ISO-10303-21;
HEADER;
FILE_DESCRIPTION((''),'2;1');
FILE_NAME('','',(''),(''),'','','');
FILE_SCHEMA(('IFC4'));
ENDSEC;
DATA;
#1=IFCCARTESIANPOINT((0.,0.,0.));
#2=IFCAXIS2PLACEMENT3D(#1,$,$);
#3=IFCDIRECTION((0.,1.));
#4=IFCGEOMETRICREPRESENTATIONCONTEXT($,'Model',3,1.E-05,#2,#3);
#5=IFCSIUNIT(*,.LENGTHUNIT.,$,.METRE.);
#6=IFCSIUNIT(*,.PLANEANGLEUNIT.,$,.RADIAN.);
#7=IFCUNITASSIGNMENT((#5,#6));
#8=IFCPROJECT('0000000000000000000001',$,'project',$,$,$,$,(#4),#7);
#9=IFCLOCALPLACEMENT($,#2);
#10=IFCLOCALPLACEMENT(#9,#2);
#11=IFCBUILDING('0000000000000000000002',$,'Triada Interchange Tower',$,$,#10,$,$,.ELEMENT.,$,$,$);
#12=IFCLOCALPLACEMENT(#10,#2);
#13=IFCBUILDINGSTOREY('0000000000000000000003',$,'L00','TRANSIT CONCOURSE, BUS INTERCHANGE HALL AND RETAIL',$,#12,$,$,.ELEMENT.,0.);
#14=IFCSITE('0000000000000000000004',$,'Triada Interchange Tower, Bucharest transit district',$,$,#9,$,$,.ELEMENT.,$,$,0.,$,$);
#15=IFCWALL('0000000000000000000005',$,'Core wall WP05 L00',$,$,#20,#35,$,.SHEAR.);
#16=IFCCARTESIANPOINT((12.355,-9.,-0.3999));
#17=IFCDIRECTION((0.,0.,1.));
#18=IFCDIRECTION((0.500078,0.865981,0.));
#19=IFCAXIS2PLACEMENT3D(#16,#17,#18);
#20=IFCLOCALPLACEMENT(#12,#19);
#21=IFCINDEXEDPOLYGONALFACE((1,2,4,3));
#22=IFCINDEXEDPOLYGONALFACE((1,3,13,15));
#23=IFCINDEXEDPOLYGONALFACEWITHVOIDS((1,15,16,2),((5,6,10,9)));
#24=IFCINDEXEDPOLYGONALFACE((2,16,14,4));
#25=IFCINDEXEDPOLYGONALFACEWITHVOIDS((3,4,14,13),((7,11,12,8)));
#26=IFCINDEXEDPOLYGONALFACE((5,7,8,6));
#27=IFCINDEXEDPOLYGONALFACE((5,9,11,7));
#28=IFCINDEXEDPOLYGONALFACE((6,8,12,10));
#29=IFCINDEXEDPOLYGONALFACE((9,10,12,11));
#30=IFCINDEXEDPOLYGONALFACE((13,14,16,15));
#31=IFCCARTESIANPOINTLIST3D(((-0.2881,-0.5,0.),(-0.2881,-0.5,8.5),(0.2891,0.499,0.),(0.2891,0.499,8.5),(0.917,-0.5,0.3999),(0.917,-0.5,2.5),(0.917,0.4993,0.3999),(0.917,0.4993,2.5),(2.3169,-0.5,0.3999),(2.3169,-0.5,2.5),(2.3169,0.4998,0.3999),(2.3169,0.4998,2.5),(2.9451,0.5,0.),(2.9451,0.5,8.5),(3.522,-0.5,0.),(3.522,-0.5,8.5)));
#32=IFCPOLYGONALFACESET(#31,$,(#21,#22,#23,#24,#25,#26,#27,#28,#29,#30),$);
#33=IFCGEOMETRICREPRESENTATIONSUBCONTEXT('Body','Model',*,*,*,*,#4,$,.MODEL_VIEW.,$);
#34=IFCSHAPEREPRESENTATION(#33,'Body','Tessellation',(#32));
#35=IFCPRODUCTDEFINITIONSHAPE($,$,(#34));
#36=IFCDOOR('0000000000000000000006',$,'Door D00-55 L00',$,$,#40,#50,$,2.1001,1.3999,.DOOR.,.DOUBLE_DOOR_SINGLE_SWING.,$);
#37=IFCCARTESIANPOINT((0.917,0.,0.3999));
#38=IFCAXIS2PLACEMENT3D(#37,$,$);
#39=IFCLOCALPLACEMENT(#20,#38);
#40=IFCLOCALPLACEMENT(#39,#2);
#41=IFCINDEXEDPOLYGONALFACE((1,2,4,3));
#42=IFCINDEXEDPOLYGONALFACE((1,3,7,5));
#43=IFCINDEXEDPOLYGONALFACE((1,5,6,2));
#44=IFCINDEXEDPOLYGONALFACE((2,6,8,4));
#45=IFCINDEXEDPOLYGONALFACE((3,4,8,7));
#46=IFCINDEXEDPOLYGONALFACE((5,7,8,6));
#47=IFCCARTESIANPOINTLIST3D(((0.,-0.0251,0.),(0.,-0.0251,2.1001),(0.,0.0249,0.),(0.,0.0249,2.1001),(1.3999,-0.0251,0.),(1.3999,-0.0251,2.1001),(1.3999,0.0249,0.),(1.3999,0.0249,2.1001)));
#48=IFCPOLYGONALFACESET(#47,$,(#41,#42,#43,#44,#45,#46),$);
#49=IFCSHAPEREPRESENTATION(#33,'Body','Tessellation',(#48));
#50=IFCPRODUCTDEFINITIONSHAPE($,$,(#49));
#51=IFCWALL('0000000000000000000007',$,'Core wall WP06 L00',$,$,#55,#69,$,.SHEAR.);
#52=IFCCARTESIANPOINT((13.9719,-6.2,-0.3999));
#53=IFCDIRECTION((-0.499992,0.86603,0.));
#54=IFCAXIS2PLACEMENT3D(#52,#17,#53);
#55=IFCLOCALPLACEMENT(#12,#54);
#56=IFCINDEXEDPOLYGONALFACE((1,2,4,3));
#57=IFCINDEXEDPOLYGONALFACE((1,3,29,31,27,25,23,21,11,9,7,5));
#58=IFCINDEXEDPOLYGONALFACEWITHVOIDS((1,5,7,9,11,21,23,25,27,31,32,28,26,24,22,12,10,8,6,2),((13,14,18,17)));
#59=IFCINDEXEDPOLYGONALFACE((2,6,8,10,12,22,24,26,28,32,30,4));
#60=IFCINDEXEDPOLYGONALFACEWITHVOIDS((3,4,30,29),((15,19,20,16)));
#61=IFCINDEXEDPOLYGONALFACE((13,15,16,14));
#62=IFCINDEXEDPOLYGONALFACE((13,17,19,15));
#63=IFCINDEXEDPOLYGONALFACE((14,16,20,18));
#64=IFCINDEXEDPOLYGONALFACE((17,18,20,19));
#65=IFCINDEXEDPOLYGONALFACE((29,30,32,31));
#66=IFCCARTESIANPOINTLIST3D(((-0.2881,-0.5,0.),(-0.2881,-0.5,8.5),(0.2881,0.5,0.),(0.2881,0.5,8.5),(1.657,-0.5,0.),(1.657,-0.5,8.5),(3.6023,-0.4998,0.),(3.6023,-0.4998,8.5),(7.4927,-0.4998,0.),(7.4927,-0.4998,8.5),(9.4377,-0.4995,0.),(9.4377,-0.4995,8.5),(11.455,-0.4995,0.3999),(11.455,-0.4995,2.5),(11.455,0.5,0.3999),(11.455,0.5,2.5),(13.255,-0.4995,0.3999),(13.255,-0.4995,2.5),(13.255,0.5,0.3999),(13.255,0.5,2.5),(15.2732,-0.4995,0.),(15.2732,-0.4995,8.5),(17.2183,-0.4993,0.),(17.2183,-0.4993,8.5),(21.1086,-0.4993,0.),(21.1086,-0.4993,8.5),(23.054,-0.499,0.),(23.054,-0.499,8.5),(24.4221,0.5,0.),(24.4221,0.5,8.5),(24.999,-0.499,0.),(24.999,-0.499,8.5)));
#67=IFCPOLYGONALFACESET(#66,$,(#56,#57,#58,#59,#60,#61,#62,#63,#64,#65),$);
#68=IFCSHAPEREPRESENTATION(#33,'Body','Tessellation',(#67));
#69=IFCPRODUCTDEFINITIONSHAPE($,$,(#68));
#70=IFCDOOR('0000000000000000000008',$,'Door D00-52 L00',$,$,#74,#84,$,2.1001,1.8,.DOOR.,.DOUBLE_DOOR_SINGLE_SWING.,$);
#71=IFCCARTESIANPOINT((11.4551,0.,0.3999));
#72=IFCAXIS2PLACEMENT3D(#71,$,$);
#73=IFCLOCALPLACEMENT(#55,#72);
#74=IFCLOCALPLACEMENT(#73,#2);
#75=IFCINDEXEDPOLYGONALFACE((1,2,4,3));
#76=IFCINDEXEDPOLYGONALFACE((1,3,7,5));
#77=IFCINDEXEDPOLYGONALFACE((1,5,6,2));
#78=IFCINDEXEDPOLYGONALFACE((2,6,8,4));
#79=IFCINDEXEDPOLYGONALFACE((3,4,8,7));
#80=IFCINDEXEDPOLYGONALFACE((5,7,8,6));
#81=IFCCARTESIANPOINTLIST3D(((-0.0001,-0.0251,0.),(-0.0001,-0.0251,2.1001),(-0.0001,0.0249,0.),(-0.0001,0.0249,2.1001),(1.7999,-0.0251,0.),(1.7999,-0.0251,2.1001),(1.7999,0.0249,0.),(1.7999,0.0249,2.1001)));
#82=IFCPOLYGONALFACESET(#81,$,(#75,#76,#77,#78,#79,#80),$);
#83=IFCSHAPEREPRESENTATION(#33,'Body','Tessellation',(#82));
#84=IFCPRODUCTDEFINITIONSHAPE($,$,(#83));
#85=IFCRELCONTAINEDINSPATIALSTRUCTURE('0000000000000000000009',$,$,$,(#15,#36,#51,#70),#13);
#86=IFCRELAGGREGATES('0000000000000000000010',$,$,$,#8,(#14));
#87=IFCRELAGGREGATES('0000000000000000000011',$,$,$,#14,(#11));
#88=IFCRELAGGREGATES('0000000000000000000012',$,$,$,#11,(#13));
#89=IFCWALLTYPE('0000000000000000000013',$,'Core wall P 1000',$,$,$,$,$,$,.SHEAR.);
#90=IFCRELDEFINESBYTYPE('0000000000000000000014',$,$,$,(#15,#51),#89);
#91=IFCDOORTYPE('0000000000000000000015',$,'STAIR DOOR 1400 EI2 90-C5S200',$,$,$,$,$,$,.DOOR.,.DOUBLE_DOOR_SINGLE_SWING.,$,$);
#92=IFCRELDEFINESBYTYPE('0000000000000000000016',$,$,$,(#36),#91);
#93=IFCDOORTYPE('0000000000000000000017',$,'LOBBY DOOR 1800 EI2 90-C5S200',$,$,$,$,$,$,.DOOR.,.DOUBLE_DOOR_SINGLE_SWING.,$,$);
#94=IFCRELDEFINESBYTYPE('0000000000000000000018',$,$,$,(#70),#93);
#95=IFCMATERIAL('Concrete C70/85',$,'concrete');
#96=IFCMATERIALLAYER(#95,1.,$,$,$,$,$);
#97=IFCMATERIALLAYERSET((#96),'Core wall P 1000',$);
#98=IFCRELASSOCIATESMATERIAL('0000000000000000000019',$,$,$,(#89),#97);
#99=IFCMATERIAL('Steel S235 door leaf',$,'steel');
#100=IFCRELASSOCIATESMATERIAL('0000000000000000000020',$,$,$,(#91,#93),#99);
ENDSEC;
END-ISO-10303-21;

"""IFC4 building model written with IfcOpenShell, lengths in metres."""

from ifc_helpers import new_model, si_unit, direction, frame, frame_2d, origin, place, context, subcontext, project, spatial, polyline, rectangle, outline, extrude, material, layer, layer_set, type_object, element, fill, save


model = new_model("IFC4")

# Units and contexts
model_context = context("Model", 3, precision=1e-05, world=origin(), true_north=direction((0.0, 1.0)))
body_context = subcontext(model_context, "Body", "Model", "MODEL_VIEW")
ifc_project = project(units=[si_unit("LENGTHUNIT", "METRE"), si_unit("PLANEANGLEUNIT", "RADIAN")], contexts=[model_context])

# Site, building, storey
site_placement = place(None, origin())
site = spatial("IfcSite", under=ifc_project, at=site_placement, Name="Triada Interchange Tower, Bucharest transit district", CompositionType="ELEMENT", RefElevation=0.0)
building_placement = place(site_placement, origin())
building = spatial("IfcBuilding", under=site, at=building_placement, Name="Triada Interchange Tower", CompositionType="ELEMENT")
storey_placement = place(building_placement, origin())
storey = spatial("IfcBuildingStorey", under=building, at=storey_placement, Name="L00", Description="TRANSIT CONCOURSE, BUS INTERCHANGE HALL AND RETAIL", CompositionType="ELEMENT", Elevation=0.0)

# Walls, openings, doors
ifc_material_1 = material(Name="Concrete C70/85", Category="concrete")
ifc_layer_1 = layer(ifc_material_1, 1.0)
ifc_layer_set_1 = layer_set([ifc_layer_1], Name="Core wall P 1000")
wall_type_1 = type_object("IfcWallType", Name="Core wall P 1000", PredefinedType="SHEAR", material=ifc_layer_set_1)
wall_1_placement = place(storey_placement, frame((12.355, -9.0, -0.3999), z_axis=(0.0, 0.0, 1.0), x_axis=(0.500078, 0.865981, 0.0)))
wall_1 = element("IfcWall", 1, at=wall_1_placement, inside=storey, type_object=wall_type_1, Name="Core wall WP05 L00", PredefinedType="SHEAR", context=body_context, shape_type="SweptSolid", body=[
    extrude(outline(polyline([(-0.2881, -0.5), (1.6169, -0.5), (3.522, -0.5), (2.9451, 0.5), (1.6172, 0.4995), (0.2891, 0.499), (-0.2881, -0.5)])), origin(), (0.0, 0.0, 1.0), 8.5),
])
opening_1_placement = place(wall_1_placement, frame((0.917, 0.0, 0.3999)))
opening_1 = element("IfcOpeningElement", 2, at=opening_1_placement, cuts=wall_1, PredefinedType="OPENING", context=body_context, shape_type="SweptSolid", body=[
    extrude(rectangle(XDim=1.3999, YDim=2.1001, at=frame_2d((0.7, 1.05))), frame((0.0, 0.51, 0.0), z_axis=(0.0, -1.0, 0.0), x_axis=(1.0, 0.0, 0.0)), (0.0, 0.0, 1.0), 1.02),
])
ifc_material_2 = material(Name="Steel S235 door leaf", Category="steel")
door_type_1 = type_object("IfcDoorType", Name="STAIR DOOR 1400 EI2 90-C5S200", OperationType="DOUBLE_DOOR_SINGLE_SWING", PredefinedType="DOOR", material=ifc_material_2)
door_1_placement = place(opening_1_placement, origin())
door_1 = element("IfcDoor", 3, at=door_1_placement, inside=storey, type_object=door_type_1, Name="Door D00-55 L00", OperationType="DOUBLE_DOOR_SINGLE_SWING", OverallHeight=2.1001, OverallWidth=1.3999, PredefinedType="DOOR", context=body_context, shape_type="SweptSolid", body=[
    extrude(rectangle(XDim=1.3999, YDim=2.1001, at=frame_2d((0.7, 1.05))), frame((0.0, 0.0249, 0.0), z_axis=(0.0, -1.0, 0.0), x_axis=(1.0, 0.0, 0.0)), (0.0, 0.0, 1.0), 0.05),
])
fill(opening_1, door_1)
wall_2_placement = place(storey_placement, frame((13.9719, -6.2, -0.3999), z_axis=(0.0, 0.0, 1.0), x_axis=(-0.499992, 0.86603, 0.0)))
wall_2 = element("IfcWall", 4, at=wall_2_placement, inside=storey, type_object=wall_type_1, Name="Core wall WP06 L00", PredefinedType="SHEAR", context=body_context, shape_type="SweptSolid", body=[
    extrude(outline(polyline([(-0.2881, -0.5), (1.657, -0.5), (3.6023, -0.4998), (5.5474, -0.4998), (7.4927, -0.4998), (9.4377, -0.4995), (11.3828, -0.4995), (13.3281, -0.4995), (15.2732, -0.4995), (17.2183, -0.4993), (19.1636, -0.4993), (21.1086, -0.4993), (23.054, -0.499), (24.999, -0.499), (24.4221, 0.5), (22.5657, 0.5), (20.7092, 0.5), (18.8528, 0.5), (16.9963, 0.5), (15.1399, 0.5), (13.2834, 0.5), (11.4268, 0.5), (9.5703, 0.5), (7.7139, 0.5), (5.8574, 0.5), (4.001, 0.5), (2.1445, 0.5), (0.2881, 0.5), (-0.2881, -0.5)])), origin(), (0.0, 0.0, 1.0), 8.5),
])
opening_2_placement = place(wall_2_placement, frame((11.4551, 0.0, 0.3999)))
opening_2 = element("IfcOpeningElement", 5, at=opening_2_placement, cuts=wall_2, PredefinedType="OPENING", context=body_context, shape_type="SweptSolid", body=[
    extrude(rectangle(XDim=1.8, YDim=2.1001, at=frame_2d((0.8999, 1.05))), frame((0.0, 0.51, 0.0), z_axis=(0.0, -1.0, 0.0), x_axis=(1.0, 0.0, 0.0)), (0.0, 0.0, 1.0), 1.02),
])
door_type_2 = type_object("IfcDoorType", Name="LOBBY DOOR 1800 EI2 90-C5S200", OperationType="DOUBLE_DOOR_SINGLE_SWING", PredefinedType="DOOR", material=ifc_material_2)
door_2_placement = place(opening_2_placement, origin())
door_2 = element("IfcDoor", 6, at=door_2_placement, inside=storey, type_object=door_type_2, Name="Door D00-52 L00", OperationType="DOUBLE_DOOR_SINGLE_SWING", OverallHeight=2.1001, OverallWidth=1.8, PredefinedType="DOOR", context=body_context, shape_type="SweptSolid", body=[
    extrude(rectangle(XDim=1.8, YDim=2.1001, at=frame_2d((0.8999, 1.05))), frame((0.0, 0.0249, 0.0), z_axis=(0.0, -1.0, 0.0), x_axis=(1.0, 0.0, 0.0)), (0.0, 0.0, 1.0), 0.05),
])
fill(opening_2, door_2)

save(model, "model.ifc")
